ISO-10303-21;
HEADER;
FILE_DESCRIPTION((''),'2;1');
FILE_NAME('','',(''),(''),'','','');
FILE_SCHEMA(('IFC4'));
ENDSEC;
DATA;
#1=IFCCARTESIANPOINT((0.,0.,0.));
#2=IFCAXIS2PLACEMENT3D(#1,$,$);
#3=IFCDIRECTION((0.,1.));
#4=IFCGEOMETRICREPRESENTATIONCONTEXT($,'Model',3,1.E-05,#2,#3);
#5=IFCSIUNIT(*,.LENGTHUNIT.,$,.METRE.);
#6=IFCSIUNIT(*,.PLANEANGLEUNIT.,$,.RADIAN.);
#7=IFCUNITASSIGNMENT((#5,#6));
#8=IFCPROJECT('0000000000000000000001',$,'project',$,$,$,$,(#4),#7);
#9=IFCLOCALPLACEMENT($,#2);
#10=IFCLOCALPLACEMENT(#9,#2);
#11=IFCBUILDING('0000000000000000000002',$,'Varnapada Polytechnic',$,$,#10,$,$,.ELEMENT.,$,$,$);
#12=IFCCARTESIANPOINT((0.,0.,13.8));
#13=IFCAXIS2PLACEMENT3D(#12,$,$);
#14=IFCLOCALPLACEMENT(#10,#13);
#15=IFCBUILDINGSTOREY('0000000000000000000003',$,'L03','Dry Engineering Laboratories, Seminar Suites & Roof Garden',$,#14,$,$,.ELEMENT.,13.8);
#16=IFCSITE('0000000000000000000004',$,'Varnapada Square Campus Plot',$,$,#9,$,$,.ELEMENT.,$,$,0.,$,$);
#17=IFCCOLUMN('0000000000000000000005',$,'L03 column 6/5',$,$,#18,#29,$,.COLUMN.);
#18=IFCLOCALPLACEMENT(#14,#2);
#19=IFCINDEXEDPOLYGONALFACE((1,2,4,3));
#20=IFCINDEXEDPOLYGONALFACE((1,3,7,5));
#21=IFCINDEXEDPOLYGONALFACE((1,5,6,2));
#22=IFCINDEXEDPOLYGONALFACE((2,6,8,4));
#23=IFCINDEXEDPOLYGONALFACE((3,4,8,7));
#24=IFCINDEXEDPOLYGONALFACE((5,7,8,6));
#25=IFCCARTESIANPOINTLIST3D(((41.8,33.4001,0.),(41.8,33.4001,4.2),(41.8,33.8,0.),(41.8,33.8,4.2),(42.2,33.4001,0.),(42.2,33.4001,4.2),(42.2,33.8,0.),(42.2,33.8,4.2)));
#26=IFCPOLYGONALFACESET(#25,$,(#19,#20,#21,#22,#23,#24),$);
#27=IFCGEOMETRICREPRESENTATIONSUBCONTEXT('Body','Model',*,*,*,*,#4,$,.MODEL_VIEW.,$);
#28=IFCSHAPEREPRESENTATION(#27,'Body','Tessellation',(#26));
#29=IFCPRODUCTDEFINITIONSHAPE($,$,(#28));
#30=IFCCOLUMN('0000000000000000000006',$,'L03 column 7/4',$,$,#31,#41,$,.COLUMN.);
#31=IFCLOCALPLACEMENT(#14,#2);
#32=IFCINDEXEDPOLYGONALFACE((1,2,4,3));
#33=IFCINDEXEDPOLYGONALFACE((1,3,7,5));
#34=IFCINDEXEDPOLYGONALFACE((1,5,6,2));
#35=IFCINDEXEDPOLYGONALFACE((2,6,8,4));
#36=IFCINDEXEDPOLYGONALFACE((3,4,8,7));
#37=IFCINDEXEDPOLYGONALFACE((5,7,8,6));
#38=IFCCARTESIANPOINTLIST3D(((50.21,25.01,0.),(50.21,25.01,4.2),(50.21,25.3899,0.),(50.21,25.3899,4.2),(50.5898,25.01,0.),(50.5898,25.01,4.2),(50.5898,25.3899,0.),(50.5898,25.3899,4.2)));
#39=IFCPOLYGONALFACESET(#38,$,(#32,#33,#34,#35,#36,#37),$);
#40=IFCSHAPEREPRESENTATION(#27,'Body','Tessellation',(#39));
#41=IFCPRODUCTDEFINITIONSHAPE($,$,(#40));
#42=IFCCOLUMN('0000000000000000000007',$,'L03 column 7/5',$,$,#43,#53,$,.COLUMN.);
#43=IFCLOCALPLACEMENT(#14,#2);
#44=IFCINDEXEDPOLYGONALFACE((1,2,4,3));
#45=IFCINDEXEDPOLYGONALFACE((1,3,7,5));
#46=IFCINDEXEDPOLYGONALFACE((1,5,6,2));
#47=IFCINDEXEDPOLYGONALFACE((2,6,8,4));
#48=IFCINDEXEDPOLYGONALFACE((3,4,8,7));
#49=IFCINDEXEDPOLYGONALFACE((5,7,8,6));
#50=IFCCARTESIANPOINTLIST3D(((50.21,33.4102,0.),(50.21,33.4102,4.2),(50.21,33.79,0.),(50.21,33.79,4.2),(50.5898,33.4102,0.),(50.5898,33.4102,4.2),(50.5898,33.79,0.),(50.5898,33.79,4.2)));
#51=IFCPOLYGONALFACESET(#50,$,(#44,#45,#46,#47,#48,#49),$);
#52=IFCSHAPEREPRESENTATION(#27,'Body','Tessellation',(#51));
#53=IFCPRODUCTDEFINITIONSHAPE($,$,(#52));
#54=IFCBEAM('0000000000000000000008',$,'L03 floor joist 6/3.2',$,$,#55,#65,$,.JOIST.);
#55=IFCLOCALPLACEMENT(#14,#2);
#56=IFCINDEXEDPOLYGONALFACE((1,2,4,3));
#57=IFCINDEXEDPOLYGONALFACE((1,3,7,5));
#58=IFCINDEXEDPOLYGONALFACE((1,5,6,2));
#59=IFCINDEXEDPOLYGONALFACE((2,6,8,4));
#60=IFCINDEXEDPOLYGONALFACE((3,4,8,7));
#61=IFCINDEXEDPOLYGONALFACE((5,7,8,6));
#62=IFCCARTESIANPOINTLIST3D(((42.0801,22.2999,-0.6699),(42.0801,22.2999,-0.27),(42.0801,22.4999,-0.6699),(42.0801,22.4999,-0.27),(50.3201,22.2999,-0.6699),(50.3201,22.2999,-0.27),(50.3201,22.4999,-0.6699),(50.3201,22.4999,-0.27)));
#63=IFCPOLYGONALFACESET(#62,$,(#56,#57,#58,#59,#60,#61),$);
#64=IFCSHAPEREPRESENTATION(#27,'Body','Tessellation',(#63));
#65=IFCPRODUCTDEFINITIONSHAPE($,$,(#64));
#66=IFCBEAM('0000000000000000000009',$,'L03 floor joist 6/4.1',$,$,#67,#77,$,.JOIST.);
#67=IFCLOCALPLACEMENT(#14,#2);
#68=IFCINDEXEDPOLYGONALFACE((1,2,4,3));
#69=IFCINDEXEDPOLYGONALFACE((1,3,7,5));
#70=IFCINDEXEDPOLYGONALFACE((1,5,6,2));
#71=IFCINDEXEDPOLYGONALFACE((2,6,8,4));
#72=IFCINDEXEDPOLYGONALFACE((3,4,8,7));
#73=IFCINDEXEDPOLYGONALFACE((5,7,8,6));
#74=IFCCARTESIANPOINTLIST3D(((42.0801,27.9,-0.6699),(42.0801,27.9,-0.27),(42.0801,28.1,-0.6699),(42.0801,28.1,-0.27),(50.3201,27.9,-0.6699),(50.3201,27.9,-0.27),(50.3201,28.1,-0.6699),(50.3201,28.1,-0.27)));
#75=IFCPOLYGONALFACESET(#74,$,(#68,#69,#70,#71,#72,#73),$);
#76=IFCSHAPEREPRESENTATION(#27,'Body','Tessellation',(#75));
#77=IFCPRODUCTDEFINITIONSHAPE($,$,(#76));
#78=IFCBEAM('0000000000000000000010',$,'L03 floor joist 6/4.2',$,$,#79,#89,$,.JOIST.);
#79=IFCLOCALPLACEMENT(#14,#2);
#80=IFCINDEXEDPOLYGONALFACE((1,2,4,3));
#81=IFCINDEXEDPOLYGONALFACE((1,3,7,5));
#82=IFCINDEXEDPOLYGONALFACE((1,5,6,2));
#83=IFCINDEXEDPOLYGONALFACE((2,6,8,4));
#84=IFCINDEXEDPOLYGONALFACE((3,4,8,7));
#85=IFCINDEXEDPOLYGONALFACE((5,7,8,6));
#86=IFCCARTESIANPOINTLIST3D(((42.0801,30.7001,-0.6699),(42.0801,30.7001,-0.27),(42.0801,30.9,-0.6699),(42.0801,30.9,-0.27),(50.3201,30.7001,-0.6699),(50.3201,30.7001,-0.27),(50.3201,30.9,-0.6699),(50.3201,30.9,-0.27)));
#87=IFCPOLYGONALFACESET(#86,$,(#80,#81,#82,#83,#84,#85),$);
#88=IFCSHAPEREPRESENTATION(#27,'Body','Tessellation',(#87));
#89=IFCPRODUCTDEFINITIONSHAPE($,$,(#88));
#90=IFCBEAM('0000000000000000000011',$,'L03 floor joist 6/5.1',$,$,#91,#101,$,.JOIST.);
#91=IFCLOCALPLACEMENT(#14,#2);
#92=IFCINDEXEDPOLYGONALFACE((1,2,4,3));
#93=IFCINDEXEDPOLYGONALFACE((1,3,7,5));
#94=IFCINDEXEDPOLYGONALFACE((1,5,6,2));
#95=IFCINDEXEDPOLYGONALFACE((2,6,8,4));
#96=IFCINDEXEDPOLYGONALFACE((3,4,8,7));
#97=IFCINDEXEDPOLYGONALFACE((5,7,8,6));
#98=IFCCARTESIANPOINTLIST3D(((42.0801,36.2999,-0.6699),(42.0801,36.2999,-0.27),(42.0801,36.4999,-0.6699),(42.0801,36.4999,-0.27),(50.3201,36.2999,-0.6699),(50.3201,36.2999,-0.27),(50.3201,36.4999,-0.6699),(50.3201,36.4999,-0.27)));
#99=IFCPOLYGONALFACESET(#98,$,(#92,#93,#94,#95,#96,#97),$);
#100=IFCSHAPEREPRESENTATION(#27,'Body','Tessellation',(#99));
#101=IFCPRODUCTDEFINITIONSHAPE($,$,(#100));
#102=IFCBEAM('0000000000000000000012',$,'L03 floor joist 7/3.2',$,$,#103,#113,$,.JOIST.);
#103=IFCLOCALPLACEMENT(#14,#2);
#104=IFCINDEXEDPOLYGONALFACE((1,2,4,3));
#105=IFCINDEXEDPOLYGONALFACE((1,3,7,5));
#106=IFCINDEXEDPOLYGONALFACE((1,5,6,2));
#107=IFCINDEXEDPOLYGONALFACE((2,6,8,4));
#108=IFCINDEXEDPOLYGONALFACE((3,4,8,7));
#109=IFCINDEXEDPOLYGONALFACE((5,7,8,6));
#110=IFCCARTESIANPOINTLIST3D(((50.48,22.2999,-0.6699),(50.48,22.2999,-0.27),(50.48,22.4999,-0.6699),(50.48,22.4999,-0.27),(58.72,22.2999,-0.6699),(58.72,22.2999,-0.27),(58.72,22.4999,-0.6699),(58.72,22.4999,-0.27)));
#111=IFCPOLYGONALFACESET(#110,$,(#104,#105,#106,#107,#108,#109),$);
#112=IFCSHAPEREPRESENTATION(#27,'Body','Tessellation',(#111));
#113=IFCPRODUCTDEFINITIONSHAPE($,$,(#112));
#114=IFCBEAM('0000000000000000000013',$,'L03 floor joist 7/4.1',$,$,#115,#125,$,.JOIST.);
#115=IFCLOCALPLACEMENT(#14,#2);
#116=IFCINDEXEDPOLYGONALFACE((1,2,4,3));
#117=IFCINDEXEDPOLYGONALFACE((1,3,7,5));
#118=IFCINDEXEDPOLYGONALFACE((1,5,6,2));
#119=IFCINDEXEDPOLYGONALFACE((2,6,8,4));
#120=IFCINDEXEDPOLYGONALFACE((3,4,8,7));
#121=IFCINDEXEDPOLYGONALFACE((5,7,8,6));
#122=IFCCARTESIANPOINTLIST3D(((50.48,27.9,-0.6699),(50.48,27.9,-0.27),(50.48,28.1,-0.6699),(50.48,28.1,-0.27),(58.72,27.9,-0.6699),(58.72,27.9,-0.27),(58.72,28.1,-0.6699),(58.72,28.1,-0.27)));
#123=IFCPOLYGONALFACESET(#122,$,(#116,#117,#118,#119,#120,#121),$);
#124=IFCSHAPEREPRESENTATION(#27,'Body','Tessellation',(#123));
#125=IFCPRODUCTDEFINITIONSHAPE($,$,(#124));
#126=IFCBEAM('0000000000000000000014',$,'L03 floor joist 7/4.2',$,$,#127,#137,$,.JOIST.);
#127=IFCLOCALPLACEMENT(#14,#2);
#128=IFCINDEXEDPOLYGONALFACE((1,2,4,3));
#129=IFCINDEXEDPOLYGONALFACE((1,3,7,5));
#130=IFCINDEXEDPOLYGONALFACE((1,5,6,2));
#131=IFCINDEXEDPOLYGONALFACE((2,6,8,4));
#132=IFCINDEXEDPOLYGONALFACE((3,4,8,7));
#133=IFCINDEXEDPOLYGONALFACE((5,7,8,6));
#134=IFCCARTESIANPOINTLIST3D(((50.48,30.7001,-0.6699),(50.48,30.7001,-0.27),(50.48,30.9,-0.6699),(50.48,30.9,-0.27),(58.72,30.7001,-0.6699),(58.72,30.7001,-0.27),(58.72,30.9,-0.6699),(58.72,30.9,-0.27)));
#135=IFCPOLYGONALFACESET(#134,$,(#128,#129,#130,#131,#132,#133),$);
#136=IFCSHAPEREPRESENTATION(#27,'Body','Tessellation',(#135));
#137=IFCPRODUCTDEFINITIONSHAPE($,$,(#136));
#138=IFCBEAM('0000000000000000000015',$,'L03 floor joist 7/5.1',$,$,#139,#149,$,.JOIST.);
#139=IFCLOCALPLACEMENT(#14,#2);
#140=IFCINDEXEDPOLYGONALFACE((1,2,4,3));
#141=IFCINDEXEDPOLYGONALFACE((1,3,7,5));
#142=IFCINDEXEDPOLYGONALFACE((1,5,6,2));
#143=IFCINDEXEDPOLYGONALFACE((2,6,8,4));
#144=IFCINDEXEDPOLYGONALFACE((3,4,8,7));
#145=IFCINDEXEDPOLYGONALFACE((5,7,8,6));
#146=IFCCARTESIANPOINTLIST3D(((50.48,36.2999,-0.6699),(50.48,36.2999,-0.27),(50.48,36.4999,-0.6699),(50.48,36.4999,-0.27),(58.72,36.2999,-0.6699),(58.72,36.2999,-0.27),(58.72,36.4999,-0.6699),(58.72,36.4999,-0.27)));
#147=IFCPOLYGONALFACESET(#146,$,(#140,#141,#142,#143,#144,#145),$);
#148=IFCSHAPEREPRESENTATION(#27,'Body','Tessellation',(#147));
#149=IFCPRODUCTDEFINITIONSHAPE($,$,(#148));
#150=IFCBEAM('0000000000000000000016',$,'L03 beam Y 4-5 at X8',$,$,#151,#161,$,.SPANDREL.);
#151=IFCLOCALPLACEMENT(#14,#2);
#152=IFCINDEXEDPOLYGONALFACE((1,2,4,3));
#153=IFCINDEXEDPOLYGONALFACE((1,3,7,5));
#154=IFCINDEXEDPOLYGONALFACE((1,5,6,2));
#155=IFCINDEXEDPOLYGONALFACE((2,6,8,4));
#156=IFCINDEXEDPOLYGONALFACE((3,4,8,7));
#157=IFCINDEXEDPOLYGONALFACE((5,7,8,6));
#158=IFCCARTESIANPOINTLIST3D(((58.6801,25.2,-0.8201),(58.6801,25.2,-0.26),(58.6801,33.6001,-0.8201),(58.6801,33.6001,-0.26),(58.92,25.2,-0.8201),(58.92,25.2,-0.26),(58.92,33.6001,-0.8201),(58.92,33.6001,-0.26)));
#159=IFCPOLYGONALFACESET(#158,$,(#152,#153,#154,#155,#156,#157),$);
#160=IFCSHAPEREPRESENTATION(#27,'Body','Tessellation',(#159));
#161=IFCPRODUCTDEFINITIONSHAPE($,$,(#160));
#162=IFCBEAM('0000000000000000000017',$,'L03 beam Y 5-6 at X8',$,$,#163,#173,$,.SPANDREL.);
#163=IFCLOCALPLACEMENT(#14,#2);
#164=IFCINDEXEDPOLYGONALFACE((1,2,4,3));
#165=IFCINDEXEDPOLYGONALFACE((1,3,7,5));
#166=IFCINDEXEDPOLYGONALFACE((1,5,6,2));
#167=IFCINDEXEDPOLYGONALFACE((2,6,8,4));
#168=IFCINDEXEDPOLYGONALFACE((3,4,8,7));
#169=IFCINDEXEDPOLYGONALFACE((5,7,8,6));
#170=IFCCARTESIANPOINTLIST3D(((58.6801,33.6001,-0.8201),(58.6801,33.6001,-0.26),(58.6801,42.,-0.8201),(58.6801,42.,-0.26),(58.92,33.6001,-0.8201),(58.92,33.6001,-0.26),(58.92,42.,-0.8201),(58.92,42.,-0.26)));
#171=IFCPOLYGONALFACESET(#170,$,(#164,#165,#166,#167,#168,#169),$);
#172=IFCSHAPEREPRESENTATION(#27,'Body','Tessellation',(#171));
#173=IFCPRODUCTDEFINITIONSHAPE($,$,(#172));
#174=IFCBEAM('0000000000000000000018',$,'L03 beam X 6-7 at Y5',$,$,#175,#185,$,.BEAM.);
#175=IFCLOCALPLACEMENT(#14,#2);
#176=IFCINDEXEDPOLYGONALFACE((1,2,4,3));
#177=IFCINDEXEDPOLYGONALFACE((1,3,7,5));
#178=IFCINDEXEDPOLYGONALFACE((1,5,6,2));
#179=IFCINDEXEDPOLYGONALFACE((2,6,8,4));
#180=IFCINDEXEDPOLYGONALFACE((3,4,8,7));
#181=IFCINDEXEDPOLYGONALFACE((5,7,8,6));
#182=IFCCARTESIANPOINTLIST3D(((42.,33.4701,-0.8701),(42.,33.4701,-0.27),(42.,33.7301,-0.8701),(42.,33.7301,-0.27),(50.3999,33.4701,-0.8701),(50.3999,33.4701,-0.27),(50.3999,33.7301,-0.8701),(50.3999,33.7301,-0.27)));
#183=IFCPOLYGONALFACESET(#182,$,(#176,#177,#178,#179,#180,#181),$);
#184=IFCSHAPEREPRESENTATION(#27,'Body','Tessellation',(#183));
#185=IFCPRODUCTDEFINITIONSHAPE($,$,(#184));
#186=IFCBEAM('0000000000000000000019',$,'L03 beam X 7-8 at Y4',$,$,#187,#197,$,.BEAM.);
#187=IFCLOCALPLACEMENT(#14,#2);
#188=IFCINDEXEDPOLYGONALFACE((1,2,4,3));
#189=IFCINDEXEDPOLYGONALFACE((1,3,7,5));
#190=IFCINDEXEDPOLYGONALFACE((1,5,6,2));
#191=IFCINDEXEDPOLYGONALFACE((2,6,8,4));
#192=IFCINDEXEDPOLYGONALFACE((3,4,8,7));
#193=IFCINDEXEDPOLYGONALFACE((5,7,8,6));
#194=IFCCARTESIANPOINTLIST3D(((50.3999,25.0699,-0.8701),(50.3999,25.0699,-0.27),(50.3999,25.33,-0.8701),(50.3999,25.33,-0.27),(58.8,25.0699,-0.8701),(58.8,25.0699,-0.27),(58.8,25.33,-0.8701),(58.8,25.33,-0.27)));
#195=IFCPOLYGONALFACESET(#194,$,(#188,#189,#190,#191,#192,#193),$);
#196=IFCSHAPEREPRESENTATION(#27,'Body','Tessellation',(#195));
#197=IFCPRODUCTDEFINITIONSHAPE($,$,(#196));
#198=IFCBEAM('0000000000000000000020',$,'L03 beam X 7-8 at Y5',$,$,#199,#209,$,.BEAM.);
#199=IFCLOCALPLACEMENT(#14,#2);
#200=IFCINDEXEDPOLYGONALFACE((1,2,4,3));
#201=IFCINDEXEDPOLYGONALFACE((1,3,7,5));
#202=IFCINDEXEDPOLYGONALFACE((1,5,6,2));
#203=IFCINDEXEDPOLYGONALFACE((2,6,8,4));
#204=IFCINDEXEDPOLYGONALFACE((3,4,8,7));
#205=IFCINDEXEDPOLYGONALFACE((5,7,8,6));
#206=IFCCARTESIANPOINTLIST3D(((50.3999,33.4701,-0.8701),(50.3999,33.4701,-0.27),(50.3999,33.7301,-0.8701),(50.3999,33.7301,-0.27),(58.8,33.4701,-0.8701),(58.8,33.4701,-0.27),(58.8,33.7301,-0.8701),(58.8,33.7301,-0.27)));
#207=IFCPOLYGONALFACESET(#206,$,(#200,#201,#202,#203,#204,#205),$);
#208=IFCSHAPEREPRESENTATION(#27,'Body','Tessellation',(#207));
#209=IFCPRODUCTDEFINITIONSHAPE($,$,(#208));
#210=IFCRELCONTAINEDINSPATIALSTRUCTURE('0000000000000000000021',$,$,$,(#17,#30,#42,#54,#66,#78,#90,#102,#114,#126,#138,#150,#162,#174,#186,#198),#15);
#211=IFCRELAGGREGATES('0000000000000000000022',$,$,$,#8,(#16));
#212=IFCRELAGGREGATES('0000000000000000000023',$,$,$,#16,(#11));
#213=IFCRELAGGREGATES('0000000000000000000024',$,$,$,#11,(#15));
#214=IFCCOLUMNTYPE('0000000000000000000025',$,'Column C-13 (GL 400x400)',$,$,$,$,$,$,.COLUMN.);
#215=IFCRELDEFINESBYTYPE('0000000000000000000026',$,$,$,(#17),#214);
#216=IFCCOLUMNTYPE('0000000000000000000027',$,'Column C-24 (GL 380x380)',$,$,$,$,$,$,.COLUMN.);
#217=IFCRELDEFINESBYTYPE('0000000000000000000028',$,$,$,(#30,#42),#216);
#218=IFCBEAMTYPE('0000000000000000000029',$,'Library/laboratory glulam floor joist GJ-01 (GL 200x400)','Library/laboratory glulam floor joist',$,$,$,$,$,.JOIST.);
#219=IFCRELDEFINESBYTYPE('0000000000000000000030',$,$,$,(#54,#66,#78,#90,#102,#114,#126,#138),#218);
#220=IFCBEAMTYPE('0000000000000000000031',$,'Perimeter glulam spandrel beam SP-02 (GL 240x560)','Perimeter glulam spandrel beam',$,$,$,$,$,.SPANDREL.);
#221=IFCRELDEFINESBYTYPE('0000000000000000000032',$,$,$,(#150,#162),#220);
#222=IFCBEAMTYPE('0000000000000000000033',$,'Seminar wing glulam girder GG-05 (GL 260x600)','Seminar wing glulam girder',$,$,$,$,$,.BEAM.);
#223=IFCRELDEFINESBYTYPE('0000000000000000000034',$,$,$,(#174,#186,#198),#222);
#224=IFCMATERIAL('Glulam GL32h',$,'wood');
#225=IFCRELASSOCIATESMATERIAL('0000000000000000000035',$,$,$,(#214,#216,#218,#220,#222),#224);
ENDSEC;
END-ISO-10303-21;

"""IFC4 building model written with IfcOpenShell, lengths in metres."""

from ifc_helpers import new_model, si_unit, direction, frame, origin, origin_2d, place, context, subcontext, project, spatial, rectangle, extrude, material, material_profile, profile_set, type_object, element, save


model = new_model("IFC4")

# Units and contexts
model_context = context("Model", 3, precision=1e-05, world=origin(), true_north=direction((0.0, 1.0)))
body_context = subcontext(model_context, "Body", "Model", "MODEL_VIEW")
ifc_project = project(units=[si_unit("LENGTHUNIT", "METRE"), si_unit("PLANEANGLEUNIT", "RADIAN")], contexts=[model_context])

# Site, building, storey
site_placement = place(None, origin())
site = spatial("IfcSite", under=ifc_project, at=site_placement, Name="Varnapada Square Campus Plot", CompositionType="ELEMENT", RefElevation=0.0)
building_placement = place(site_placement, origin())
building = spatial("IfcBuilding", under=site, at=building_placement, Name="Varnapada Polytechnic", CompositionType="ELEMENT")
storey_placement = place(building_placement, frame((0.0, 0.0, 13.8)))
storey = spatial("IfcBuildingStorey", under=building, at=storey_placement, Name="L03", Description="Dry Engineering Laboratories, Seminar Suites & Roof Garden", CompositionType="ELEMENT", Elevation=13.8)

# Columns
ifc_material_1 = material(Name="Glulam GL32h", Category="wood")
ifc_material_profile_1 = material_profile(ifc_material_1, rectangle(XDim=0.3999, YDim=0.3999, at=origin_2d()), Name="GL 400x400")
ifc_profile_set_1 = profile_set([ifc_material_profile_1], Name="Glulam GL32h")
column_type_1 = type_object("IfcColumnType", Name="Column C-13 (GL 400x400)", PredefinedType="COLUMN", material=ifc_profile_set_1)
column_placement = place(storey_placement, frame((42.0, 33.6001, 0.0), z_axis=(0.0, 0.0, 1.0), x_axis=(1.0, 0.0, 0.0)))
element("IfcColumn", 1, at=column_placement, inside=storey, type_object=column_type_1, Name="L03 column 6/5", PredefinedType="COLUMN", context=body_context, shape_type="SweptSolid", body=[
    extrude(rectangle(XDim=0.3999, YDim=0.3999, at=origin_2d()), origin(), (0.0, 0.0, 1.0), 4.2),
])
ifc_material_profile_2 = material_profile(ifc_material_1, rectangle(XDim=0.3799, YDim=0.3799, at=origin_2d()), Name="GL 380x380")
ifc_profile_set_2 = profile_set([ifc_material_profile_2], Name="Glulam GL32h")
column_type_2 = type_object("IfcColumnType", Name="Column C-24 (GL 380x380)", PredefinedType="COLUMN", material=ifc_profile_set_2)
for number, where, z_axis, x_axis, name in (
    (2, (50.3999, 25.2, 0.0), (0.0, 0.0, 1.0), (1.0, 0.0, 0.0), "L03 column 7/4"),
    (3, (50.3999, 33.6001, 0.0), (0.0, 0.0, 1.0), (1.0, 0.0, 0.0), "L03 column 7/5"),
):
    element("IfcColumn", number, at=place(storey_placement, frame(where, z_axis=z_axis, x_axis=x_axis)), inside=storey, type_object=column_type_2, Name=name, PredefinedType="COLUMN", context=body_context, shape_type="SweptSolid", body=[
        extrude(rectangle(XDim=0.3799, YDim=0.3799, at=origin_2d()), origin(), (0.0, 0.0, 1.0), 4.2),
    ])

# Beams
ifc_material_profile_3 = material_profile(ifc_material_1, rectangle(XDim=0.2, YDim=0.3999, at=origin_2d()), Name="GL 200x400")
ifc_profile_set_3 = profile_set([ifc_material_profile_3], Name="Glulam GL32h")
beam_type_1 = type_object("IfcBeamType", Name="Library/laboratory glulam floor joist GJ-01 (GL 200x400)", Description="Library/laboratory glulam floor joist", PredefinedType="JOIST", material=ifc_profile_set_3)
for number, where, z_axis, x_axis, name in (
    (4, (42.0801, 22.3999, -0.47), (1.0, 0.0, 0.0), (0.0, 1.0, 0.0), "L03 floor joist 6/3.2"),
    (5, (42.0801, 28.0, -0.47), (1.0, 0.0, 0.0), (0.0, 1.0, 0.0), "L03 floor joist 6/4.1"),
    (6, (42.0801, 30.8, -0.47), (1.0, 0.0, 0.0), (0.0, 1.0, 0.0), "L03 floor joist 6/4.2"),
    (7, (42.0801, 36.3999, -0.47), (1.0, 0.0, 0.0), (0.0, 1.0, 0.0), "L03 floor joist 6/5.1"),
    (8, (50.48, 22.3999, -0.47), (1.0, 0.0, 0.0), (0.0, 1.0, 0.0), "L03 floor joist 7/3.2"),
    (9, (50.48, 28.0, -0.47), (1.0, 0.0, 0.0), (0.0, 1.0, 0.0), "L03 floor joist 7/4.1"),
    (10, (50.48, 30.8, -0.47), (1.0, 0.0, 0.0), (0.0, 1.0, 0.0), "L03 floor joist 7/4.2"),
    (11, (50.48, 36.3999, -0.47), (1.0, 0.0, 0.0), (0.0, 1.0, 0.0), "L03 floor joist 7/5.1"),
):
    element("IfcBeam", number, at=place(storey_placement, frame(where, z_axis=z_axis, x_axis=x_axis)), inside=storey, type_object=beam_type_1, Name=name, PredefinedType="JOIST", context=body_context, shape_type="SweptSolid", body=[
        extrude(rectangle(XDim=0.2, YDim=0.3999, at=origin_2d()), origin(), (0.0, 0.0, 1.0), 8.24),
    ])
ifc_material_profile_4 = material_profile(ifc_material_1, rectangle(XDim=0.24, YDim=0.5601, at=origin_2d()), Name="GL 240x560")
ifc_profile_set_4 = profile_set([ifc_material_profile_4], Name="Glulam GL32h")
beam_type_2 = type_object("IfcBeamType", Name="Perimeter glulam spandrel beam SP-02 (GL 240x560)", Description="Perimeter glulam spandrel beam", PredefinedType="SPANDREL", material=ifc_profile_set_4)
beam_1_placement = place(storey_placement, frame((58.8, 25.2, -0.54), z_axis=(0.0, 1.0, 0.0), x_axis=(-1.0, 0.0, 0.0)))
element("IfcBeam", 12, at=beam_1_placement, inside=storey, type_object=beam_type_2, Name="L03 beam Y 4-5 at X8", PredefinedType="SPANDREL", context=body_context, shape_type="SweptSolid", body=[
    extrude(rectangle(XDim=0.24, YDim=0.5601, at=origin_2d()), origin(), (0.0, 0.0, 1.0), 8.4001),
])
beam_2_placement = place(storey_placement, frame((58.8, 33.6001, -0.54), z_axis=(0.0, 1.0, 0.0), x_axis=(-1.0, 0.0, 0.0)))
element("IfcBeam", 13, at=beam_2_placement, inside=storey, type_object=beam_type_2, Name="L03 beam Y 5-6 at X8", PredefinedType="SPANDREL", context=body_context, shape_type="SweptSolid", body=[
    extrude(rectangle(XDim=0.24, YDim=0.5601, at=origin_2d()), origin(), (0.0, 0.0, 1.0), 8.3999),
])
ifc_material_profile_5 = material_profile(ifc_material_1, rectangle(XDim=0.26, YDim=0.6001, at=origin_2d()), Name="GL 260x600")
ifc_profile_set_5 = profile_set([ifc_material_profile_5], Name="Glulam GL32h")
beam_type_3 = type_object("IfcBeamType", Name="Seminar wing glulam girder GG-05 (GL 260x600)", Description="Seminar wing glulam girder", PredefinedType="BEAM", material=ifc_profile_set_5)
beam_3_placement = place(storey_placement, frame((42.0, 33.6001, -0.5701), z_axis=(1.0, 0.0, 0.0), x_axis=(0.0, 1.0, 0.0)))
element("IfcBeam", 14, at=beam_3_placement, inside=storey, type_object=beam_type_3, Name="L03 beam X 6-7 at Y5", PredefinedType="BEAM", context=body_context, shape_type="SweptSolid", body=[
    extrude(rectangle(XDim=0.26, YDim=0.6001, at=origin_2d()), origin(), (0.0, 0.0, 1.0), 8.3999),
])
for number, where, z_axis, x_axis, name in (
    (15, (50.3999, 25.2, -0.5701), (1.0, 0.0, 0.0), (0.0, 1.0, 0.0), "L03 beam X 7-8 at Y4"),
    (16, (50.3999, 33.6001, -0.5701), (1.0, 0.0, 0.0), (0.0, 1.0, 0.0), "L03 beam X 7-8 at Y5"),
):
    element("IfcBeam", number, at=place(storey_placement, frame(where, z_axis=z_axis, x_axis=x_axis)), inside=storey, type_object=beam_type_3, Name=name, PredefinedType="BEAM", context=body_context, shape_type="SweptSolid", body=[
        extrude(rectangle(XDim=0.26, YDim=0.6001, at=origin_2d()), origin(), (0.0, 0.0, 1.0), 8.4001),
    ])

save(model, "model.ifc")
